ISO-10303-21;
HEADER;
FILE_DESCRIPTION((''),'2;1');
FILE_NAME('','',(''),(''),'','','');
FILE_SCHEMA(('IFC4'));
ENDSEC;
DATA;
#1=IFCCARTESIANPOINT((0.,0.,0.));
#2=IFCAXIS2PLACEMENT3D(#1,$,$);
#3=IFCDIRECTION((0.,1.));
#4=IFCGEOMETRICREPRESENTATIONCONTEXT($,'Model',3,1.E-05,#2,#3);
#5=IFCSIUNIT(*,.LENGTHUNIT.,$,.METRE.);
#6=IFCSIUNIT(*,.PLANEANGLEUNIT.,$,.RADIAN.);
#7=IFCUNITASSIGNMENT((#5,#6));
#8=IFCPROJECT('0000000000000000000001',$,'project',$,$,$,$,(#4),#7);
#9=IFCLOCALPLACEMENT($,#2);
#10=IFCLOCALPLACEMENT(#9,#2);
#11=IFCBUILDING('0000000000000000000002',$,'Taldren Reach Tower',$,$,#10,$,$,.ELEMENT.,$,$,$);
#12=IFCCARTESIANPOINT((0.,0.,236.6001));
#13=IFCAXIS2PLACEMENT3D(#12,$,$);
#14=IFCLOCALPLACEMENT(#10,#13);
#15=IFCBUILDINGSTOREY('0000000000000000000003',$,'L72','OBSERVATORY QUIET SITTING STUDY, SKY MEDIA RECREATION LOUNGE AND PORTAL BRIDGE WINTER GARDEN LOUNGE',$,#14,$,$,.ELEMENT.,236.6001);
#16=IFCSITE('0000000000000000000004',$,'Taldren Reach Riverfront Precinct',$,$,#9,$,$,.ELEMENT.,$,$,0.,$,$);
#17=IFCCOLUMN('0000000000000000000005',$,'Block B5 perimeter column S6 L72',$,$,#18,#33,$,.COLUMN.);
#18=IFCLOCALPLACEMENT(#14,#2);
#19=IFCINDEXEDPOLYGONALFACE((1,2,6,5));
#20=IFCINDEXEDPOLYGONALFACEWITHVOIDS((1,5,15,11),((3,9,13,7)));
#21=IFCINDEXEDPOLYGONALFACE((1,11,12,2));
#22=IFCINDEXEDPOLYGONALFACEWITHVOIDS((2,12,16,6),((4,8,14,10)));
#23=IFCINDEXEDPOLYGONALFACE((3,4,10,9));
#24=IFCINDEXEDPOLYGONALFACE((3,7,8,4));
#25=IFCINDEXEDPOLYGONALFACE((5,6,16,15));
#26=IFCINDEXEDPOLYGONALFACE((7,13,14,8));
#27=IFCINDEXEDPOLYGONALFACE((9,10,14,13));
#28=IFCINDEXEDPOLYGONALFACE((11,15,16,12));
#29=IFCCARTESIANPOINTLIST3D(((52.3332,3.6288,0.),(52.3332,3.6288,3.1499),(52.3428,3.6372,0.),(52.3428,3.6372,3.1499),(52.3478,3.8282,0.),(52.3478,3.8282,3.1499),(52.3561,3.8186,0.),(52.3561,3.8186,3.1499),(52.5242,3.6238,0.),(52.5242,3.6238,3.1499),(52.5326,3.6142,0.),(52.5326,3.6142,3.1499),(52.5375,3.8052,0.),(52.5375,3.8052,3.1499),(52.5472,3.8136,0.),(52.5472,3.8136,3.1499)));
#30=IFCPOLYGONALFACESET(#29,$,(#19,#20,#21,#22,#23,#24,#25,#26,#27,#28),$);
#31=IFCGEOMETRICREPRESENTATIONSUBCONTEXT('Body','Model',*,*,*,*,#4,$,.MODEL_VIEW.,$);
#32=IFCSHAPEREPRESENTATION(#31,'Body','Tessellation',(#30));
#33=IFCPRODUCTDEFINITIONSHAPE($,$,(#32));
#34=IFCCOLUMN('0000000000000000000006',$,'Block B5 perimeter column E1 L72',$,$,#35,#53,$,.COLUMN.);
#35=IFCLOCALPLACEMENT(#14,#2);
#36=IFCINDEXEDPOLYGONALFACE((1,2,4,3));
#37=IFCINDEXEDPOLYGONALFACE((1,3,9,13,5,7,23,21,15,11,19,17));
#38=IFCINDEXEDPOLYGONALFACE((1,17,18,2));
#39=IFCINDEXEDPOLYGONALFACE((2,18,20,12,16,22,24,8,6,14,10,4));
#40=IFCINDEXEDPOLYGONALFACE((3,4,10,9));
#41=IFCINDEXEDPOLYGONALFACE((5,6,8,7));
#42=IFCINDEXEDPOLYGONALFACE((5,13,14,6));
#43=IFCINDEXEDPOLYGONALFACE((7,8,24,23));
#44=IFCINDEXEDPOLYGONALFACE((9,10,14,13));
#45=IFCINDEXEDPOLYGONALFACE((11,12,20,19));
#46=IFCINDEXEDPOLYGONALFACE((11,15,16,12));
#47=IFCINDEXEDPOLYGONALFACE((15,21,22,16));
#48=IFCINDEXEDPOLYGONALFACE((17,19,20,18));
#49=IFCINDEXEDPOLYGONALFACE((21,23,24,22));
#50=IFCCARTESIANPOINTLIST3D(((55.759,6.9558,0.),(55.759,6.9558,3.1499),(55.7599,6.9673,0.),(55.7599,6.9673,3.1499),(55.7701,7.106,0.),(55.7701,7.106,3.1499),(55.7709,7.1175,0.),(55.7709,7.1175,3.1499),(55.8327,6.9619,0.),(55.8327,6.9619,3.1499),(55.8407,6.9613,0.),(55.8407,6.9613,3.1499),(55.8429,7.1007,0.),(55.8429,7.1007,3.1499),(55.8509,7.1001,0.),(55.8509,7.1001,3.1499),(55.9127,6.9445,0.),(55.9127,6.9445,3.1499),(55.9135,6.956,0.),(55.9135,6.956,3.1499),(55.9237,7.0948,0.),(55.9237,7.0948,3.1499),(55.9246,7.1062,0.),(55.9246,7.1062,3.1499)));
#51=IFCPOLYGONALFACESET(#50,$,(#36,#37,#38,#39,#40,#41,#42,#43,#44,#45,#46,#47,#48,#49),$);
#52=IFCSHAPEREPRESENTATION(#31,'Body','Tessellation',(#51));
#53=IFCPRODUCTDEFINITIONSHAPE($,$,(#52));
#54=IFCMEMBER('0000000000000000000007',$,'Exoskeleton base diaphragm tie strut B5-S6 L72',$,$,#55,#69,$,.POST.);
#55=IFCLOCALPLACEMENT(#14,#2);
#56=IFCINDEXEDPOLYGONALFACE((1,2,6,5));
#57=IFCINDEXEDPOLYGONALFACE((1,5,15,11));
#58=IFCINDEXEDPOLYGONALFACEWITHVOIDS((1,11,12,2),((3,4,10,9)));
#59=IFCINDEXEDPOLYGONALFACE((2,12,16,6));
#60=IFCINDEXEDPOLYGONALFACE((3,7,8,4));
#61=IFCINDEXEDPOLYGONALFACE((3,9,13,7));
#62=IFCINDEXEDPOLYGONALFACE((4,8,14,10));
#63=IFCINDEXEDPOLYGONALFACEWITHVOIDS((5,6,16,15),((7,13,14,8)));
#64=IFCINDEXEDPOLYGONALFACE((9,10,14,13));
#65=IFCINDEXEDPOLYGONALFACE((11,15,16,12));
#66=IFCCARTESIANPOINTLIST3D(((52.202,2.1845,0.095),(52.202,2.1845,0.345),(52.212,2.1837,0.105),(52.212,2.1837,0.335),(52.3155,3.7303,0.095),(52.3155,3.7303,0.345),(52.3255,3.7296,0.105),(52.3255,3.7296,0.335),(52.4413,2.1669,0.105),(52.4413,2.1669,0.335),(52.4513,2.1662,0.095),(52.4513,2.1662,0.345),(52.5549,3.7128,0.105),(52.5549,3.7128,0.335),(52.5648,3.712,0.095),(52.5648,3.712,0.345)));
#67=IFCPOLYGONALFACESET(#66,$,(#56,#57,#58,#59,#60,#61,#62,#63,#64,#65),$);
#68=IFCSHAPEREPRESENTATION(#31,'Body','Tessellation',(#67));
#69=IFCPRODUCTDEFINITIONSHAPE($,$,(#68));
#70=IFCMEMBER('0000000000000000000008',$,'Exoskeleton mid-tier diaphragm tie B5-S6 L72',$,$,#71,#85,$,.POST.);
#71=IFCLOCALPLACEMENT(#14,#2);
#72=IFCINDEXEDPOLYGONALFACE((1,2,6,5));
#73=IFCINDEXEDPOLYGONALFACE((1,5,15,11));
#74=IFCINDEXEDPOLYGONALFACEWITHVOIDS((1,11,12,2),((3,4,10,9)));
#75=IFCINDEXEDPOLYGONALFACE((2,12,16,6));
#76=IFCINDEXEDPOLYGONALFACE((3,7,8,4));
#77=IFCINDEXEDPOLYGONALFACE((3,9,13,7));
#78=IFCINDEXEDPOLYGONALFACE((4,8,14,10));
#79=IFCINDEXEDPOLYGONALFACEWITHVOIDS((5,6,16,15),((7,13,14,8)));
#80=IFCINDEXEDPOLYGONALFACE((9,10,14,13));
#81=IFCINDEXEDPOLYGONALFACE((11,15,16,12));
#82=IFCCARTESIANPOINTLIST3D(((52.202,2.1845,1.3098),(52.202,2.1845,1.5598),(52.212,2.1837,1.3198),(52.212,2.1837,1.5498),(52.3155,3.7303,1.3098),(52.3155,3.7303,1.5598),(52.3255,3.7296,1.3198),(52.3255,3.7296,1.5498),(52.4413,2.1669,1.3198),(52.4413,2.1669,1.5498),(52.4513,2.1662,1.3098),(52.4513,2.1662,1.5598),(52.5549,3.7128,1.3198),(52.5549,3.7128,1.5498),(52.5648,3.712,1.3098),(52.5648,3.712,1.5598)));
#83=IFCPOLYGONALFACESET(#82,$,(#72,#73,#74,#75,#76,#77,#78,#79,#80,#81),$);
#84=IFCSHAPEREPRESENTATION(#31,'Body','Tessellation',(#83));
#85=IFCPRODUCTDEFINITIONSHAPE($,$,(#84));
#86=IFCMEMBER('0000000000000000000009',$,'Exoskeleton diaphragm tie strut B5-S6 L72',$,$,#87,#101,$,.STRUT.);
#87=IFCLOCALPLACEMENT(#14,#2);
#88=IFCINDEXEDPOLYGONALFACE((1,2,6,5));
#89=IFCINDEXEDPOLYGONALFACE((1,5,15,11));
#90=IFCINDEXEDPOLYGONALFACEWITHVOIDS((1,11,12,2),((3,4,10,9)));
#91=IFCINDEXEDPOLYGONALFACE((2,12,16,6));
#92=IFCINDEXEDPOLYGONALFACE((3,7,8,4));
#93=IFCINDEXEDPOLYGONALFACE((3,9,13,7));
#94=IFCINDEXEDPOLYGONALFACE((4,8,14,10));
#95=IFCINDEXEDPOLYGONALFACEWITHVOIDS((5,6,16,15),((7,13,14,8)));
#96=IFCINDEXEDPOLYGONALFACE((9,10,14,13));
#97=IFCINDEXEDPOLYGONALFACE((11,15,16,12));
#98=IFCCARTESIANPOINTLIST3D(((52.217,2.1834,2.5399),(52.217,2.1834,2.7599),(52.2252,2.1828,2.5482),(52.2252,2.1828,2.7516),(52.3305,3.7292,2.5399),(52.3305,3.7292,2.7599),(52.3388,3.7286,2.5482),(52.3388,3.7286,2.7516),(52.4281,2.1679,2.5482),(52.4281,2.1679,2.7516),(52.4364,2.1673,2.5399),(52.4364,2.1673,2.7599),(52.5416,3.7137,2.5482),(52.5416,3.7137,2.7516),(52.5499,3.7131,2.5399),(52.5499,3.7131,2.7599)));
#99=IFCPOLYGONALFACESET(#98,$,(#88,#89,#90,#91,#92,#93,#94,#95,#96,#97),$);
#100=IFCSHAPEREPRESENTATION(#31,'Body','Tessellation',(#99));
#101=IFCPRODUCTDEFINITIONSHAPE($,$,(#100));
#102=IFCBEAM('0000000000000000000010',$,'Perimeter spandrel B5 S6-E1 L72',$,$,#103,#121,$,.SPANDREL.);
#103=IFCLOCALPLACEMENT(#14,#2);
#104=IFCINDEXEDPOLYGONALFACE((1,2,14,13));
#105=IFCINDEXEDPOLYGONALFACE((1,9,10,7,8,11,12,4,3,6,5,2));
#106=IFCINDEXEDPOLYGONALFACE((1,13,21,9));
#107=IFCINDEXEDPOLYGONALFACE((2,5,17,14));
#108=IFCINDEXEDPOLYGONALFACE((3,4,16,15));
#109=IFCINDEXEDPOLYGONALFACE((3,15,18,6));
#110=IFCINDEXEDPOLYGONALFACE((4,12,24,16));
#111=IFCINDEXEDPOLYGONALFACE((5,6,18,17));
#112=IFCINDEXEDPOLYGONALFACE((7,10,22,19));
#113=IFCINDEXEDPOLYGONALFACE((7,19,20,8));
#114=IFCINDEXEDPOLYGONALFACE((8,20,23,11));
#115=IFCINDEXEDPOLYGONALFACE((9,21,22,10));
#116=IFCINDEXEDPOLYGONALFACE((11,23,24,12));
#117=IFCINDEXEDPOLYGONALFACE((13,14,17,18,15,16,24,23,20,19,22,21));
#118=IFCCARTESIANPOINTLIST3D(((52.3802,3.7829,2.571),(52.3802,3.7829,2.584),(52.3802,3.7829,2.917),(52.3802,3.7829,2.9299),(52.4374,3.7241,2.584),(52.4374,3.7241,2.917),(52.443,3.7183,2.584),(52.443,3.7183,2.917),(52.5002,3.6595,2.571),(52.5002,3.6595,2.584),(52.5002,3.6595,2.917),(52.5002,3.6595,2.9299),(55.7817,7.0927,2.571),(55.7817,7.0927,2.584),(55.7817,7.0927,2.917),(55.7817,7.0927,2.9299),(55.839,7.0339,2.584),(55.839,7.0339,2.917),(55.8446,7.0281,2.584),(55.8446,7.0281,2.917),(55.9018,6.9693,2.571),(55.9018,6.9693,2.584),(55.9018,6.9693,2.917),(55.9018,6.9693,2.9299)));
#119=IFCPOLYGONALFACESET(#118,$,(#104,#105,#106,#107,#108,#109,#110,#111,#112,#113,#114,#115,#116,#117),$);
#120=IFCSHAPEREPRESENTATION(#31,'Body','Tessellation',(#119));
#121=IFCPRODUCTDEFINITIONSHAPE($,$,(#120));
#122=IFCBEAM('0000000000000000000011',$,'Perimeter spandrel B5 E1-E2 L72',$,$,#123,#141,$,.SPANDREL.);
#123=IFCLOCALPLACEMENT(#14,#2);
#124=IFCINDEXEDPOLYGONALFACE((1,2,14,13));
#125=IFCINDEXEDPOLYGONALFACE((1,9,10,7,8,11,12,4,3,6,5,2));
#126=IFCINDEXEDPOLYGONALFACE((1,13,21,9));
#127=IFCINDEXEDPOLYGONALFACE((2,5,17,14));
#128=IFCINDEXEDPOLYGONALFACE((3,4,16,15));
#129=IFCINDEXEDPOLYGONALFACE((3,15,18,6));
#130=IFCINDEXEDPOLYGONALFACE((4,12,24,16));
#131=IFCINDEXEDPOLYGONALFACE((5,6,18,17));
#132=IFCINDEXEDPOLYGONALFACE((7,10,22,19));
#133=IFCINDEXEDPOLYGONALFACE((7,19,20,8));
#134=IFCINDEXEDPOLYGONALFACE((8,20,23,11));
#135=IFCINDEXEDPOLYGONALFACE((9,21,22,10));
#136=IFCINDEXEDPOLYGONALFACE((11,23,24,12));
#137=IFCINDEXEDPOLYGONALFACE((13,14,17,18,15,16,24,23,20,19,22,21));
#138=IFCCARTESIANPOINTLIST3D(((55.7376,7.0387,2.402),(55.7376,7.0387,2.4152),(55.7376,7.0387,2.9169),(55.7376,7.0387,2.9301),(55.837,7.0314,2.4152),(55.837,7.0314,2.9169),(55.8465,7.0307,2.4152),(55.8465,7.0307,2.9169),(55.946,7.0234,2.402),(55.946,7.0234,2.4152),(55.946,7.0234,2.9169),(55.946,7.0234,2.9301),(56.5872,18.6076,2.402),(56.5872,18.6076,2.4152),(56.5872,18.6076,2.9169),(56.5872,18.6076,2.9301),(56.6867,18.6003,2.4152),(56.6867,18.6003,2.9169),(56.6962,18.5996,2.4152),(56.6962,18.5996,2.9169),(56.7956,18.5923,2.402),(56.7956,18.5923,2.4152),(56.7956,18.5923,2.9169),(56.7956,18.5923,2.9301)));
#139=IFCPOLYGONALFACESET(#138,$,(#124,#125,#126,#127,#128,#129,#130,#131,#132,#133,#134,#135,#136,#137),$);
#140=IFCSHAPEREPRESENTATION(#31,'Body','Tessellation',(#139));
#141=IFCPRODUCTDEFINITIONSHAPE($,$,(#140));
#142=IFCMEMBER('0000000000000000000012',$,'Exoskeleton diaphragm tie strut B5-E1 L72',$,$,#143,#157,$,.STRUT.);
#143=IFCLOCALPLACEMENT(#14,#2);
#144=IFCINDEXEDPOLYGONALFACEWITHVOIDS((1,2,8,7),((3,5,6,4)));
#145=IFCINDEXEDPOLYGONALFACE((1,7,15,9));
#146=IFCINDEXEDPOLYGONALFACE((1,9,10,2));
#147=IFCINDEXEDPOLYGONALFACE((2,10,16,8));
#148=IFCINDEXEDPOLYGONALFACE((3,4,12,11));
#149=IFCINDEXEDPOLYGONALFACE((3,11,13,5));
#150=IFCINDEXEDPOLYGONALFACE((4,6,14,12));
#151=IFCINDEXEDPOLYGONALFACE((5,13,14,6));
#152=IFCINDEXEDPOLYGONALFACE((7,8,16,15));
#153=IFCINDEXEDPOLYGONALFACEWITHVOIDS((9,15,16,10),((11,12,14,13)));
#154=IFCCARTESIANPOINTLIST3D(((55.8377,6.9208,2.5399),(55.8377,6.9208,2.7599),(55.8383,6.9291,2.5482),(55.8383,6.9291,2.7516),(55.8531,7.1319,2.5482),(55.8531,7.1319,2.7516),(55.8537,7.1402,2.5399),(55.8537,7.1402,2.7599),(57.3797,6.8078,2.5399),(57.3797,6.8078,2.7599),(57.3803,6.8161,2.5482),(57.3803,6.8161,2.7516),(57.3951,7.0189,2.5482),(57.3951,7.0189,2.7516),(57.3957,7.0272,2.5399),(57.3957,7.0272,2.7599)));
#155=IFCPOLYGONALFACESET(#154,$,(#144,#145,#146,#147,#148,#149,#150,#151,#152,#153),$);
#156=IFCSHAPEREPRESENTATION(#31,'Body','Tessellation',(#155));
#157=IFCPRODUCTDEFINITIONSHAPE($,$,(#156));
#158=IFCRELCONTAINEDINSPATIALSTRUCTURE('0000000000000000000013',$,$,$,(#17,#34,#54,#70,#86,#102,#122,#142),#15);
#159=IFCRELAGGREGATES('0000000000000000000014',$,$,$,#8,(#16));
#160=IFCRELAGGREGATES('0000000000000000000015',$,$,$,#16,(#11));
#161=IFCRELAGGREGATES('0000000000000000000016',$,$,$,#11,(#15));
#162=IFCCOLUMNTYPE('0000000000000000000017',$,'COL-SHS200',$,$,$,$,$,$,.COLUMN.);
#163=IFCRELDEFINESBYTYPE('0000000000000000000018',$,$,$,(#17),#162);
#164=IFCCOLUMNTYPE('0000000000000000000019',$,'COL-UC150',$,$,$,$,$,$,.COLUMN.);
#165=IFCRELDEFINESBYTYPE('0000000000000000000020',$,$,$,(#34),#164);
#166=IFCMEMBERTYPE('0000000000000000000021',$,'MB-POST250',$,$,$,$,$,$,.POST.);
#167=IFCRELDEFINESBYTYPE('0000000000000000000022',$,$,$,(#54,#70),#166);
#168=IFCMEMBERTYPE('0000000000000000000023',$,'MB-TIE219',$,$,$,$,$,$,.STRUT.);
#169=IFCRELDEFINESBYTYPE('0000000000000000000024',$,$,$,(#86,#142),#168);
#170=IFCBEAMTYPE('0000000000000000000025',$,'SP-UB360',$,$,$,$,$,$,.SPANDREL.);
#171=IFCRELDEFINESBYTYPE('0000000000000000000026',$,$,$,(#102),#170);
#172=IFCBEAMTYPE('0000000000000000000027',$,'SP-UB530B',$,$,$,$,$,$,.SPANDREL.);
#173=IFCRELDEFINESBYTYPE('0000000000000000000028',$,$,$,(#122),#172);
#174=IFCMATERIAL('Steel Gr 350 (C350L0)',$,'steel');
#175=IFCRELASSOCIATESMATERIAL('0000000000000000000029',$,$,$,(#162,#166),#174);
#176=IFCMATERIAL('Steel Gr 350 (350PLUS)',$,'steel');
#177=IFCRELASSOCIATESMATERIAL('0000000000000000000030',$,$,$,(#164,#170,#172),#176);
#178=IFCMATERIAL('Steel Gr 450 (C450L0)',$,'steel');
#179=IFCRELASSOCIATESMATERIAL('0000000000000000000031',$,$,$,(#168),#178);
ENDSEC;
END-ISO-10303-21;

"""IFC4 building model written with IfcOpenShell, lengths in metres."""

from ifc_helpers import new_model, si_unit, direction, frame, origin, origin_2d, place, context, subcontext, project, spatial, hollow_rectangle, i_section, extrude, source, transform, mapped, material, material_profile, profile_set, type_object, element, save


model = new_model("IFC4")

# Units and contexts
model_context = context("Model", 3, precision=1e-05, world=origin(), true_north=direction((0.0, 1.0)))
body_context = subcontext(model_context, "Body", "Model", "MODEL_VIEW")
ifc_project = project(units=[si_unit("LENGTHUNIT", "METRE"), si_unit("PLANEANGLEUNIT", "RADIAN")], contexts=[model_context])

# Site, building, storey
site_placement = place(None, origin())
site = spatial("IfcSite", under=ifc_project, at=site_placement, Name="Taldren Reach Riverfront Precinct", CompositionType="ELEMENT", RefElevation=0.0)
building_placement = place(site_placement, origin())
building = spatial("IfcBuilding", under=site, at=building_placement, Name="Taldren Reach Tower", CompositionType="ELEMENT")
storey_placement = place(building_placement, frame((0.0, 0.0, 236.6001)))
storey = spatial("IfcBuildingStorey", under=building, at=storey_placement, Name="L72", Description="OBSERVATORY QUIET SITTING STUDY, SKY MEDIA RECREATION LOUNGE AND PORTAL BRIDGE WINTER GARDEN LOUNGE", CompositionType="ELEMENT", Elevation=236.6001)

# Columns
ifc_material_1 = material(Name="Steel Gr 350 (C350L0)", Category="steel")
ifc_material_profile_1 = material_profile(ifc_material_1, hollow_rectangle(XDim=0.2, YDim=0.2, WallThickness=0.009, at=origin_2d()), Name="200x200x9.0SHS")
ifc_profile_set_1 = profile_set([ifc_material_profile_1], Name="Steel Gr 350 (C350L0)")
column_type_1 = type_object("IfcColumnType", Name="COL-SHS200", PredefinedType="COLUMN", material=ifc_profile_set_1)
shared_shape_1 = source(origin(), body_context, "Body", "SweptSolid", [
    extrude(hollow_rectangle(XDim=0.2, YDim=0.2, WallThickness=0.009, at=origin_2d()), origin(), (0.0, 0.0, 1.0), 3.1499),
])
column_1_placement = place(storey_placement, frame((52.4402, 3.7212, 0.0), z_axis=(0.0, 0.0, 1.0), x_axis=(0.997314, -0.073238, 0.0)))
element("IfcColumn", 1, at=column_1_placement, inside=storey, type_object=column_type_1, Name="Block B5 perimeter column S6 L72", PredefinedType="COLUMN", context=body_context, shape_type="MappedRepresentation", body=[
    mapped(shared_shape_1, transform((0.0, 0.0, 0.0), scale=1.0)),
])
ifc_material_2 = material(Name="Steel Gr 350 (350PLUS)", Category="steel")
ifc_material_profile_2 = material_profile(ifc_material_2, i_section(OverallWidth=0.1541, OverallDepth=0.1621, WebThickness=0.0081, FlangeThickness=0.0115, at=origin_2d()), Name="150UC37.2")
ifc_profile_set_2 = profile_set([ifc_material_profile_2], Name="Steel Gr 350 (350PLUS)")
column_type_2 = type_object("IfcColumnType", Name="COL-UC150", PredefinedType="COLUMN", material=ifc_profile_set_2)
shared_shape_2 = source(origin(), body_context, "Body", "SweptSolid", [
    extrude(i_section(OverallWidth=0.1541, OverallDepth=0.1621, WebThickness=0.0081, FlangeThickness=0.0115, at=origin_2d()), origin(), (0.0, 0.0, 1.0), 3.1499),
])
column_2_placement = place(storey_placement, frame((55.8418, 7.031, 0.0), z_axis=(0.0, 0.0, 1.0), x_axis=(0.997314, -0.073238, 0.0)))
element("IfcColumn", 2, at=column_2_placement, inside=storey, type_object=column_type_2, Name="Block B5 perimeter column E1 L72", PredefinedType="COLUMN", context=body_context, shape_type="MappedRepresentation", body=[
    mapped(shared_shape_2, transform((0.0, 0.0, 0.0), scale=1.0)),
])

# Members
ifc_material_profile_3 = material_profile(ifc_material_1, hollow_rectangle(XDim=0.25, YDim=0.25, WallThickness=0.01, at=origin_2d()), Name="250x250x10.0SHS")
ifc_profile_set_3 = profile_set([ifc_material_profile_3], Name="Steel Gr 350 (C350L0)")
member_type_1 = type_object("IfcMemberType", Name="MB-POST250", PredefinedType="POST", material=ifc_profile_set_3)
shared_shape_3 = source(origin(), body_context, "Body", "SweptSolid", [
    extrude(hollow_rectangle(XDim=0.25, YDim=0.25, WallThickness=0.01, at=origin_2d()), origin(), (0.0, 0.0, 1.0), 1.55),
])
for number, where, z_axis, x_axis, name in (
    (3, (52.4402, 3.7212, 0.22), (-0.073239, -0.997314, 0.0), (0.997314, -0.073239, 0.0), "Exoskeleton base diaphragm tie strut B5-S6 L72"),
    (4, (52.4402, 3.7212, 1.4348), (-0.073239, -0.997314, 0.0), (0.997314, -0.073239, 0.0), "Exoskeleton mid-tier diaphragm tie B5-S6 L72"),
):
    element("IfcMember", number, at=place(storey_placement, frame(where, z_axis=z_axis, x_axis=x_axis)), inside=storey, type_object=member_type_1, Name=name, PredefinedType="POST", context=body_context, shape_type="MappedRepresentation", body=[
        mapped(shared_shape_3, transform((0.0, 0.0, 0.0), scale=1.0)),
    ])
ifc_material_3 = material(Name="Steel Gr 450 (C450L0)", Category="steel")
ifc_material_profile_4 = material_profile(ifc_material_3, hollow_rectangle(XDim=0.22, YDim=0.22, WallThickness=0.0083, at=origin_2d()), Name="220x220x8.2SHS")
ifc_profile_set_4 = profile_set([ifc_material_profile_4], Name="Steel Gr 450 (C450L0)")
member_type_2 = type_object("IfcMemberType", Name="MB-TIE219", PredefinedType="STRUT", material=ifc_profile_set_4)
shared_shape_4 = source(origin(), body_context, "Body", "SweptSolid", [
    extrude(hollow_rectangle(XDim=0.22, YDim=0.22, WallThickness=0.0083, at=origin_2d()), origin(), (0.0, 0.0, 1.0), 1.55),
])
member_1_placement = place(storey_placement, frame((52.4402, 3.7212, 2.6499), z_axis=(-0.073239, -0.997314, 0.0), x_axis=(0.997314, -0.073239, 0.0)))
element("IfcMember", 5, at=member_1_placement, inside=storey, type_object=member_type_2, Name="Exoskeleton diaphragm tie strut B5-S6 L72", PredefinedType="STRUT", context=body_context, shape_type="MappedRepresentation", body=[
    mapped(shared_shape_4, transform((0.0, 0.0, 0.0), scale=1.0)),
])

# Beams
ifc_material_profile_5 = material_profile(ifc_material_2, i_section(OverallWidth=0.1721, OverallDepth=0.3589, WebThickness=0.0081, FlangeThickness=0.0129, at=origin_2d()), Name="360UB56.7")
ifc_profile_set_5 = profile_set([ifc_material_profile_5], Name="Steel Gr 350 (350PLUS)")
beam_type_1 = type_object("IfcBeamType", Name="SP-UB360", PredefinedType="SPANDREL", material=ifc_profile_set_5)
shared_shape_5 = source(origin(), body_context, "Body", "SweptSolid", [
    extrude(i_section(OverallWidth=0.1721, OverallDepth=0.3589, WebThickness=0.0081, FlangeThickness=0.0129, at=origin_2d()), origin(), (0.0, 0.0, 1.0), 4.7461),
])
beam_1_placement = place(storey_placement, frame((52.4402, 3.7212, 2.7505), z_axis=(0.716711, 0.69737, 0.0), x_axis=(-0.69737, 0.716711, 0.0)))
element("IfcBeam", 6, at=beam_1_placement, inside=storey, type_object=beam_type_1, Name="Perimeter spandrel B5 S6-E1 L72", PredefinedType="SPANDREL", context=body_context, shape_type="MappedRepresentation", body=[
    mapped(shared_shape_5, transform((0.0, 0.0, 0.0), scale=1.0)),
])
ifc_material_profile_6 = material_profile(ifc_material_2, i_section(OverallWidth=0.209, OverallDepth=0.5281, WebThickness=0.0095, FlangeThickness=0.0132, at=origin_2d()), Name="530UB82.0")
ifc_profile_set_6 = profile_set([ifc_material_profile_6], Name="Steel Gr 350 (350PLUS)")
beam_type_2 = type_object("IfcBeamType", Name="SP-UB530B", PredefinedType="SPANDREL", material=ifc_profile_set_6)
shared_shape_6 = source(origin(), body_context, "Body", "SweptSolid", [
    extrude(i_section(OverallWidth=0.209, OverallDepth=0.5281, WebThickness=0.0095, FlangeThickness=0.0132, at=origin_2d()), origin(), (0.0, 0.0, 1.0), 11.6001),
])
beam_2_placement = place(storey_placement, frame((55.8418, 7.031, 2.666), z_axis=(0.073242, 0.997314, 0.0), x_axis=(-0.997314, 0.073242, 0.0)))
element("IfcBeam", 7, at=beam_2_placement, inside=storey, type_object=beam_type_2, Name="Perimeter spandrel B5 E1-E2 L72", PredefinedType="SPANDREL", context=body_context, shape_type="MappedRepresentation", body=[
    mapped(shared_shape_6, transform((0.0, 0.0, 0.0), scale=1.0)),
])

# Member
shared_shape_7 = source(origin(), body_context, "Body", "SweptSolid", [
    extrude(hollow_rectangle(XDim=0.22, YDim=0.22, WallThickness=0.0083, at=origin_2d()), origin(), (0.0, 0.0, 1.0), 1.5461),
])
member_2_placement = place(storey_placement, frame((55.8457, 7.0305, 2.6499), z_axis=(0.997324, -0.07311, 0.0), x_axis=(0.07311, 0.997324, 0.0)))
element("IfcMember", 8, at=member_2_placement, inside=storey, type_object=member_type_2, Name="Exoskeleton diaphragm tie strut B5-E1 L72", PredefinedType="STRUT", context=body_context, shape_type="MappedRepresentation", body=[
    mapped(shared_shape_7, transform((0.0, 0.0, 0.0), scale=1.0)),
])

save(model, "model.ifc")
